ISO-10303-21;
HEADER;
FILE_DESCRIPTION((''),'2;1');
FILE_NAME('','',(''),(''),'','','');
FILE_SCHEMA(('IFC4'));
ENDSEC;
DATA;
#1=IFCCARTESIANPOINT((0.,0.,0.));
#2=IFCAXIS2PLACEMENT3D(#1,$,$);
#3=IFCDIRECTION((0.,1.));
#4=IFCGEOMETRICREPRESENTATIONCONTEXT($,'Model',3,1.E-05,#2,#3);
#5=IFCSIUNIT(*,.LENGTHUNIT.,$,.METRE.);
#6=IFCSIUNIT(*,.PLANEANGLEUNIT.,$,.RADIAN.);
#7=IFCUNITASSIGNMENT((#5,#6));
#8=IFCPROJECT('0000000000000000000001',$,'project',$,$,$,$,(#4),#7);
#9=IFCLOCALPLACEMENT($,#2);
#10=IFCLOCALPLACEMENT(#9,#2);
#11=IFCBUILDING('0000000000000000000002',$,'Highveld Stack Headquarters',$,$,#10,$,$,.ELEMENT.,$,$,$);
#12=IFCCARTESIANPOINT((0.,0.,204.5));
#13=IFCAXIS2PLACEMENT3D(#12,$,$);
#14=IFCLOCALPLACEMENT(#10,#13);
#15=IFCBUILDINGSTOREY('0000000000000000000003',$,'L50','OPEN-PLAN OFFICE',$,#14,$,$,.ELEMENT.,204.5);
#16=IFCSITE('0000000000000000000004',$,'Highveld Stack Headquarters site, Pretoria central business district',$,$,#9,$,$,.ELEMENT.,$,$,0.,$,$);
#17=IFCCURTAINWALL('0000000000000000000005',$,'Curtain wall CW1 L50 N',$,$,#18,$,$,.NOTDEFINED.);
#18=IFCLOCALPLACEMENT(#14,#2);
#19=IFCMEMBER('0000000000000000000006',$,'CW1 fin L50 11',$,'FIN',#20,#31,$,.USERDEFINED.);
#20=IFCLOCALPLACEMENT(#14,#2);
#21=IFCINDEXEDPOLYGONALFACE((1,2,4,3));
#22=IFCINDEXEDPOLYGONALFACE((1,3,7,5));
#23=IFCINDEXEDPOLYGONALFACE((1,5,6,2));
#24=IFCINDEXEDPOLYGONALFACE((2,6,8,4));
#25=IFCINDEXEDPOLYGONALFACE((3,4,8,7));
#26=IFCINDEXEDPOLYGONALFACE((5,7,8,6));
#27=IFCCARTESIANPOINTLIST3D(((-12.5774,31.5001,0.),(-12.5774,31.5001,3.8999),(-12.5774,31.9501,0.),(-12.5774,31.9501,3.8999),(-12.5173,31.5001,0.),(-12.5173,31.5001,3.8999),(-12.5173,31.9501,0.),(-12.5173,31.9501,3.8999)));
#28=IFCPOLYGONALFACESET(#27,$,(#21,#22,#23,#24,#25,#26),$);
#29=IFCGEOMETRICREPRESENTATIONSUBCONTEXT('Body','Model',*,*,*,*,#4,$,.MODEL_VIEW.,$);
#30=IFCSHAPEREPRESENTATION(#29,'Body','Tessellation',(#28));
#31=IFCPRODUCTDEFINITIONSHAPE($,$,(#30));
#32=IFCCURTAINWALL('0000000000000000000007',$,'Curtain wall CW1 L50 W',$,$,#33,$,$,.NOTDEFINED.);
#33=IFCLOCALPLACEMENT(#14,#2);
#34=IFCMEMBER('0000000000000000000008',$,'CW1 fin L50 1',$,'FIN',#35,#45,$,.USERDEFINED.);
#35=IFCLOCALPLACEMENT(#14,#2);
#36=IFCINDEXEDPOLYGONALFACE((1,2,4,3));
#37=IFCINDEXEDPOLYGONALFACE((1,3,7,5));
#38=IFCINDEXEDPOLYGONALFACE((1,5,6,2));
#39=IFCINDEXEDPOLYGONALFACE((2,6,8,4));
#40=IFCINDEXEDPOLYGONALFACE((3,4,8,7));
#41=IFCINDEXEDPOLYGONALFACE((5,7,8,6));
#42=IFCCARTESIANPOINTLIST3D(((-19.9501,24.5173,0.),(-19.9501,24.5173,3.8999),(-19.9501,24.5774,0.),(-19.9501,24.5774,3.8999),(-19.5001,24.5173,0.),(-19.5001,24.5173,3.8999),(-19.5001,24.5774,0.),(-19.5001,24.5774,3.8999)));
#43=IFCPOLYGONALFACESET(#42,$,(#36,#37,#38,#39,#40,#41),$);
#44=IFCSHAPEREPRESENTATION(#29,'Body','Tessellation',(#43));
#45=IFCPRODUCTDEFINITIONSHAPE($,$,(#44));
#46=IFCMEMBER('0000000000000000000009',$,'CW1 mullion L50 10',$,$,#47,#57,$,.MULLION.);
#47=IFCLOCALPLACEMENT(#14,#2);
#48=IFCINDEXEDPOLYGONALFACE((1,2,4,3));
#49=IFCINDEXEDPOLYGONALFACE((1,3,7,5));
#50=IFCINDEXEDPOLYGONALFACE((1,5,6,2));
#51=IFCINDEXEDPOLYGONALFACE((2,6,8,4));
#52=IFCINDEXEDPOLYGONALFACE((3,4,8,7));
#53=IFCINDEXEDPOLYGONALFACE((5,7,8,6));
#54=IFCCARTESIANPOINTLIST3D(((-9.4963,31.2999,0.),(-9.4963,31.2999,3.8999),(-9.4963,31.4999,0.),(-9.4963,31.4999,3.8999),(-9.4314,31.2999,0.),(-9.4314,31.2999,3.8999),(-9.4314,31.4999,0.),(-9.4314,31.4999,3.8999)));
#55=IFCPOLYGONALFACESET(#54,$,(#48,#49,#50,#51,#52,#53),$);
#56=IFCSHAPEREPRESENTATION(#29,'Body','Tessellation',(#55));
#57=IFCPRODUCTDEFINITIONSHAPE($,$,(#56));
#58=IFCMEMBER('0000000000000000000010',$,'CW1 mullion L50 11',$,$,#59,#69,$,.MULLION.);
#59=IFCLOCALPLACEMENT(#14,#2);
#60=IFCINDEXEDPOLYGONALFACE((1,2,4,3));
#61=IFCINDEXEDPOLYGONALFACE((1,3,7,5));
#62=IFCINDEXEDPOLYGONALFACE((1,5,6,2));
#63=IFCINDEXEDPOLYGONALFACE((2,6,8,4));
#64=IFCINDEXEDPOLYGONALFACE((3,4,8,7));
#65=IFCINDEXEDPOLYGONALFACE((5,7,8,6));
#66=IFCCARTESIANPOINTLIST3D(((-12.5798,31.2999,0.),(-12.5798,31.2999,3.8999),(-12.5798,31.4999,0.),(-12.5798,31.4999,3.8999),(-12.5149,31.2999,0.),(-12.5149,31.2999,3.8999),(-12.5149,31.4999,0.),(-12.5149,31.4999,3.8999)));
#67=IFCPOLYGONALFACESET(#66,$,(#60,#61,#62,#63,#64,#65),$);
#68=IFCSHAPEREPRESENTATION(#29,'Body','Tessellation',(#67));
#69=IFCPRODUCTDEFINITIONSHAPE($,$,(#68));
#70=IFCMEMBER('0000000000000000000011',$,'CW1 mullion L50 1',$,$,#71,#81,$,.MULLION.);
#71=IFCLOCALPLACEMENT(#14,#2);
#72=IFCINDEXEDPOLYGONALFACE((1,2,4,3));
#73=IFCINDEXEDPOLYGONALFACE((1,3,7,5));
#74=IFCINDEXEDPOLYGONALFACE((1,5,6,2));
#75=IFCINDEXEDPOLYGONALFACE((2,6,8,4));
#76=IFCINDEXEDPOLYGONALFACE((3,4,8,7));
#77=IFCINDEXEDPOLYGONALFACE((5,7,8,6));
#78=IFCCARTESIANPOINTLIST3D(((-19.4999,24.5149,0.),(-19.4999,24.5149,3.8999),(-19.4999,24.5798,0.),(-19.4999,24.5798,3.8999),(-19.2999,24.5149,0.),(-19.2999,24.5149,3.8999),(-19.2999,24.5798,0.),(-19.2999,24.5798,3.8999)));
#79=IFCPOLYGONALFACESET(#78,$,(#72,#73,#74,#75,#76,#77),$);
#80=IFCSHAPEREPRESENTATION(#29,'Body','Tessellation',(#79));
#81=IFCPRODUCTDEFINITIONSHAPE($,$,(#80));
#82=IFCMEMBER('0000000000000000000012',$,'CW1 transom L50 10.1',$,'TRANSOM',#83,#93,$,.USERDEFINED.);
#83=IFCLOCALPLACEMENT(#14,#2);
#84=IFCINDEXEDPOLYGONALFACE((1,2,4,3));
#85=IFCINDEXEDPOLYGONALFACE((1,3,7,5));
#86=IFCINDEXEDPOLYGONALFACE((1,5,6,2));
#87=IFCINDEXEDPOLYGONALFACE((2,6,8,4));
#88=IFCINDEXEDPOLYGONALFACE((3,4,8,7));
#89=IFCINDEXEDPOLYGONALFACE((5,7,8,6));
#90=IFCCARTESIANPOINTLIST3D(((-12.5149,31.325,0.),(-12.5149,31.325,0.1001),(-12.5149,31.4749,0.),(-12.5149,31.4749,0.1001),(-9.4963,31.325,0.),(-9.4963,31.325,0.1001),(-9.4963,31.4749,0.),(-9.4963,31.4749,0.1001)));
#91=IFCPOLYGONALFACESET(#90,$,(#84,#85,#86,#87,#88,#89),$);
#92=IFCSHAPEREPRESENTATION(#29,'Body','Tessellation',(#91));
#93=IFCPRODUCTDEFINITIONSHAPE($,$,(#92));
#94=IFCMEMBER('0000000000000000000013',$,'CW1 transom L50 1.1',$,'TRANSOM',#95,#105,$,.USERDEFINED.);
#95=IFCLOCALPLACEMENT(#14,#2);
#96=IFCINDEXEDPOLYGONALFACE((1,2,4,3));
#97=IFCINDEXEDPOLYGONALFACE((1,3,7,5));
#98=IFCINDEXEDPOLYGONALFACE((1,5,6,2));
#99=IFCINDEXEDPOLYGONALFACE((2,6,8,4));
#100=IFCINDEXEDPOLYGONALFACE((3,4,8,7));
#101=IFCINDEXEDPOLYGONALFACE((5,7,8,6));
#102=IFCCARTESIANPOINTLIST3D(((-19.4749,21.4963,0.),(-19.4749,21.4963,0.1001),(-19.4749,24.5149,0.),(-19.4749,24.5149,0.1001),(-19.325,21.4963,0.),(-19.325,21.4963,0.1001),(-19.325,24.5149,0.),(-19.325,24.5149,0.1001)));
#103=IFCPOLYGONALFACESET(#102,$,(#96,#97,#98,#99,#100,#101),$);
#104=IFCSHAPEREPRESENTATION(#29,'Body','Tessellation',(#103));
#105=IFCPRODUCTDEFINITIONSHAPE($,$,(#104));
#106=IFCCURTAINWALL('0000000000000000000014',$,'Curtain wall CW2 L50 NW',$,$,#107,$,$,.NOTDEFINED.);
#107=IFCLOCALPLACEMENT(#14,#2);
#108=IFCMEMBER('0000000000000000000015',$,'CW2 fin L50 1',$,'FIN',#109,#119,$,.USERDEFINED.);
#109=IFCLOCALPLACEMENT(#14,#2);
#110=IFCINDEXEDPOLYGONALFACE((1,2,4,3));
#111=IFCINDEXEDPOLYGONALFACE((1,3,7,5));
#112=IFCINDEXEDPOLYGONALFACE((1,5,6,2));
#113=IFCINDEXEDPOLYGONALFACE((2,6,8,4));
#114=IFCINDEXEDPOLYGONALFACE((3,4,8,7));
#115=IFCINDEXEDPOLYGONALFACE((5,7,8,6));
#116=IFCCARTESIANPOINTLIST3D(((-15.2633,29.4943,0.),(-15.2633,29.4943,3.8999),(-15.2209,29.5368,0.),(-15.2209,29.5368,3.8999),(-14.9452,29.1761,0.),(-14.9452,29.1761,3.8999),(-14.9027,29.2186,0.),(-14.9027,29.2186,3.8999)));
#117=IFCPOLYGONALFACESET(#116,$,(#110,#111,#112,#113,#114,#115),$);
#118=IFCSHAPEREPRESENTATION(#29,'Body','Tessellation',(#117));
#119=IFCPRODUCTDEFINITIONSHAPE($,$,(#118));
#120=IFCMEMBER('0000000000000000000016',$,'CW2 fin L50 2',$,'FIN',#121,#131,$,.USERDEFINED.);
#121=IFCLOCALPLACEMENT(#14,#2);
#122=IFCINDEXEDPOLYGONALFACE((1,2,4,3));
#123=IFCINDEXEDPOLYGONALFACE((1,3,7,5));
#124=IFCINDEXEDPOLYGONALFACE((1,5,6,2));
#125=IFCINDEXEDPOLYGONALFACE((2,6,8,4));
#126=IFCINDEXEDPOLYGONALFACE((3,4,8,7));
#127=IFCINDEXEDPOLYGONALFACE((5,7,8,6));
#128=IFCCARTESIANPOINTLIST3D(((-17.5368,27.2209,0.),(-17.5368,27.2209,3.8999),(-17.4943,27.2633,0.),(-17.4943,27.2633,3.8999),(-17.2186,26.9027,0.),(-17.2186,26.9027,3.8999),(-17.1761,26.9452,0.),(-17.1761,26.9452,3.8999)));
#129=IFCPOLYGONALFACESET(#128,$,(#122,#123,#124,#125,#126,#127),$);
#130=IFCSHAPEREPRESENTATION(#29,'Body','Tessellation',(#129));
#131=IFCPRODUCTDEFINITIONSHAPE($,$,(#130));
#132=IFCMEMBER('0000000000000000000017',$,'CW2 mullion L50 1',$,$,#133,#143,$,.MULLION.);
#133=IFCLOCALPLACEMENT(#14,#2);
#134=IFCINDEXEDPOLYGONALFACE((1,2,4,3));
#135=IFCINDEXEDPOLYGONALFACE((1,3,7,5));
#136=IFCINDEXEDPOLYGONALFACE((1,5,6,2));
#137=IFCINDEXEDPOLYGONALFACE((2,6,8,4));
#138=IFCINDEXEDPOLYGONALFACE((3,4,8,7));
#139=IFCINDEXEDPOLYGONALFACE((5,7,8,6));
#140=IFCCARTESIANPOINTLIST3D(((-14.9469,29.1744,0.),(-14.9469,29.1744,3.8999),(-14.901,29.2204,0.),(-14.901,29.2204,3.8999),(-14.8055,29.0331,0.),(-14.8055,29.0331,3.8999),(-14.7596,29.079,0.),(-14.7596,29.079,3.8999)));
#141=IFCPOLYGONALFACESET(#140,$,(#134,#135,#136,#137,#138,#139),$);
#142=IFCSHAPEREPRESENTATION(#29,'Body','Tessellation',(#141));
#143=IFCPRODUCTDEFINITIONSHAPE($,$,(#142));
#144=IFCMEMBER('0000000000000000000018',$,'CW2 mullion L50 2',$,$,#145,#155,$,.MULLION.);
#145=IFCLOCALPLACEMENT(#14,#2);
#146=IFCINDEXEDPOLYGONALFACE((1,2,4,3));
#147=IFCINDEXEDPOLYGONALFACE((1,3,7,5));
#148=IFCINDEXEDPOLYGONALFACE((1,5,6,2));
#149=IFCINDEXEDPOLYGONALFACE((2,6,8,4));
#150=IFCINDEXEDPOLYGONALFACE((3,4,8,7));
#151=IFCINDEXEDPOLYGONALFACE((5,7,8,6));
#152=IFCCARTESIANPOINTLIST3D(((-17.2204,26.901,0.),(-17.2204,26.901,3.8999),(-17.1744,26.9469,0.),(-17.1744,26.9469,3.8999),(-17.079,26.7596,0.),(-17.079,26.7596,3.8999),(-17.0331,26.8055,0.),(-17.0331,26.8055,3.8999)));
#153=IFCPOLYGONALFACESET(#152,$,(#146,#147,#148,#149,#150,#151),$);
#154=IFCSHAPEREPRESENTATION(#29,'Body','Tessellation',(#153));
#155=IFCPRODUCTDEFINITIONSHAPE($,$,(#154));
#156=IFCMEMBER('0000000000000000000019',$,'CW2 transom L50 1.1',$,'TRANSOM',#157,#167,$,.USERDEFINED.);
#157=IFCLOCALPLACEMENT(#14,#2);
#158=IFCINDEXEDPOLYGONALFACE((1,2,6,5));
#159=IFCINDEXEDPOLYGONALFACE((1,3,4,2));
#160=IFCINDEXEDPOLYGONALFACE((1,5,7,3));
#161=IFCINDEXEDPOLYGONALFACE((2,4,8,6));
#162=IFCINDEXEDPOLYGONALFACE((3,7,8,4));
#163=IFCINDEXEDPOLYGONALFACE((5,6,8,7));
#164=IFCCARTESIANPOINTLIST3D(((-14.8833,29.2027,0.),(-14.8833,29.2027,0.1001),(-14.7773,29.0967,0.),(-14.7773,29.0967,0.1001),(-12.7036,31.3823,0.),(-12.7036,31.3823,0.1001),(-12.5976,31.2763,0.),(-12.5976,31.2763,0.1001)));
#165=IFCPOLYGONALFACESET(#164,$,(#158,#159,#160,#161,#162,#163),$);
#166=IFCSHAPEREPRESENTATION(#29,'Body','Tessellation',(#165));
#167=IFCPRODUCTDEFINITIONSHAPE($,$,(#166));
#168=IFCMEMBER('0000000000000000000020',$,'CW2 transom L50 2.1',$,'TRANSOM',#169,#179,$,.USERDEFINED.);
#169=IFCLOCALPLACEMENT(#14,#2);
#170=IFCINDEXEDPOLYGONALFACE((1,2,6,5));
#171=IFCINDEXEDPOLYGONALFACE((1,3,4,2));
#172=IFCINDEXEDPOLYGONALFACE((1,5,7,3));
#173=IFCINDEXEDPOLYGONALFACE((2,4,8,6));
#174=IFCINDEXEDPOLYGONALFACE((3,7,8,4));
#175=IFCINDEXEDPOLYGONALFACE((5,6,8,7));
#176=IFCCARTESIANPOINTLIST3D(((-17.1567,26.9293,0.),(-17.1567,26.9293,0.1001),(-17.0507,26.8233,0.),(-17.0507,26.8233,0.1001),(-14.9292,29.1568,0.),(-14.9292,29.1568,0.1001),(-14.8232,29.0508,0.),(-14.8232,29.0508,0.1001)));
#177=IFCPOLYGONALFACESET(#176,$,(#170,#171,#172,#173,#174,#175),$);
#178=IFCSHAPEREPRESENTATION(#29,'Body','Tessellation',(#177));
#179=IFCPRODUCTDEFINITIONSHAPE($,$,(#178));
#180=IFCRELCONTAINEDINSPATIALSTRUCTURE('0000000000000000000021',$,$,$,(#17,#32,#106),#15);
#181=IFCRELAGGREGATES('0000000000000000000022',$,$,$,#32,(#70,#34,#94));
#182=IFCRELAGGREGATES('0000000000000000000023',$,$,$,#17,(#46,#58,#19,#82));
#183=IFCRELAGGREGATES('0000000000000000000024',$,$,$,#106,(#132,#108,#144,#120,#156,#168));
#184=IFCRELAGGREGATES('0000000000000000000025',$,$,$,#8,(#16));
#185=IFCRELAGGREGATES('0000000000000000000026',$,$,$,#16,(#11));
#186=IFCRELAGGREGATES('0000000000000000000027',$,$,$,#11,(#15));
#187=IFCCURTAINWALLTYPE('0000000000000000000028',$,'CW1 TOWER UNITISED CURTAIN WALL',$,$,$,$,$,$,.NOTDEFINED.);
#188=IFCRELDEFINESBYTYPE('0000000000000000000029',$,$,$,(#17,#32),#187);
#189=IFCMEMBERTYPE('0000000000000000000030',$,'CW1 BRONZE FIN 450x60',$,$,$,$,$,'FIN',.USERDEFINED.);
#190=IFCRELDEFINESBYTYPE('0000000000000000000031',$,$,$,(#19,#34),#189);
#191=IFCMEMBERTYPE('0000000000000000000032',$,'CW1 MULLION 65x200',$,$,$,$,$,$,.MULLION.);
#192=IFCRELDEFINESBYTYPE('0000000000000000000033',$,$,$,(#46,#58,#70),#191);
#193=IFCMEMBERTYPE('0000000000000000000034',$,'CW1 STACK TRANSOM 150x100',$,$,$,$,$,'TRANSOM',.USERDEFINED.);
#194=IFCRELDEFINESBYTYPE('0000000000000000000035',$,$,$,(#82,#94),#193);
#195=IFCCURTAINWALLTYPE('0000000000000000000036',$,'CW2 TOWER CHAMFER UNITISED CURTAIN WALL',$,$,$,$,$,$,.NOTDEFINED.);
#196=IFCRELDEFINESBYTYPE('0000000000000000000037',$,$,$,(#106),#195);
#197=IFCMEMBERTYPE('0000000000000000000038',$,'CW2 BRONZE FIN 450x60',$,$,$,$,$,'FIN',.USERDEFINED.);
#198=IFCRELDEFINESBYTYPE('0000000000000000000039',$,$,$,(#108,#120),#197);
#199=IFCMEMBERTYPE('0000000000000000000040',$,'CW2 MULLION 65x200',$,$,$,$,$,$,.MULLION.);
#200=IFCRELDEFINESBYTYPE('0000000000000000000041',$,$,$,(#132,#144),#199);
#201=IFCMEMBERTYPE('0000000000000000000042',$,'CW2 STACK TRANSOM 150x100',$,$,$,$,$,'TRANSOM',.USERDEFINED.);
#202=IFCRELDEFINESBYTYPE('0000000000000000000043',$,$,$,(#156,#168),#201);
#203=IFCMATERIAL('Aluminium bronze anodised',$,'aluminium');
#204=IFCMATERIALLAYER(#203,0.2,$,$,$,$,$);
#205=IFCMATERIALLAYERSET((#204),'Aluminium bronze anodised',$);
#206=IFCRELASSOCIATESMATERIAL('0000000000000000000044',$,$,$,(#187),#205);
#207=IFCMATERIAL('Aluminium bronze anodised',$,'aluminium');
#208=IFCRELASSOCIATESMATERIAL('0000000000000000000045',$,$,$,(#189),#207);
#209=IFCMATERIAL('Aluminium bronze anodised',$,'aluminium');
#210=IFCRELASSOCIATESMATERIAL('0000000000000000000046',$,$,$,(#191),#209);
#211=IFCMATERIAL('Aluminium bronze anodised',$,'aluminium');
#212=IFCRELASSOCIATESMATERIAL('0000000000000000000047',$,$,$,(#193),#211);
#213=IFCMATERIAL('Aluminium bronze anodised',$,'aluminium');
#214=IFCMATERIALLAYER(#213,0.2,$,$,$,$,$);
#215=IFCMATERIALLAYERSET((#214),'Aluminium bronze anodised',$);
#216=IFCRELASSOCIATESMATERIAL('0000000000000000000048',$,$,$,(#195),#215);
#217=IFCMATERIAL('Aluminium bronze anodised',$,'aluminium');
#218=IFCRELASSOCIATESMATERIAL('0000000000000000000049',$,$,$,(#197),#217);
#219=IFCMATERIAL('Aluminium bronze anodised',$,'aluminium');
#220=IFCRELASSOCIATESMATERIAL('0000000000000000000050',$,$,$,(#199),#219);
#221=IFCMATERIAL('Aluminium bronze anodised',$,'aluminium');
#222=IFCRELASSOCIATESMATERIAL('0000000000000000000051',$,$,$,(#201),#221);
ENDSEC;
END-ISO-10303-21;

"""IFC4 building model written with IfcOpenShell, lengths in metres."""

from ifc_helpers import new_model, si_unit, direction, frame, origin, origin_2d, place, context, subcontext, project, spatial, rectangle, extrude, material, layer, layer_set, material_profile, profile_set, type_object, element, aggregate, save


model = new_model("IFC4")

# Units and contexts
model_context = context("Model", 3, precision=1e-05, world=origin(), true_north=direction((0.0, 1.0)))
body_context = subcontext(model_context, "Body", "Model", "MODEL_VIEW")
ifc_project = project(units=[si_unit("LENGTHUNIT", "METRE"), si_unit("PLANEANGLEUNIT", "RADIAN")], contexts=[model_context])

# Site, building, storey
site_placement = place(None, origin())
site = spatial("IfcSite", under=ifc_project, at=site_placement, Name="Highveld Stack Headquarters site, Pretoria central business district", CompositionType="ELEMENT", RefElevation=0.0)
building_placement = place(site_placement, origin())
building = spatial("IfcBuilding", under=site, at=building_placement, Name="Highveld Stack Headquarters", CompositionType="ELEMENT")
storey_placement = place(building_placement, frame((0.0, 0.0, 204.5)))
storey = spatial("IfcBuildingStorey", under=building, at=storey_placement, Name="L50", Description="OPEN-PLAN OFFICE", CompositionType="ELEMENT", Elevation=204.5)

# Curtain walls, members
ifc_material_1 = material(Name="Aluminium bronze anodised", Category="aluminium")
ifc_layer_1 = layer(ifc_material_1, 0.2)
ifc_layer_set_1 = layer_set([ifc_layer_1], Name="Aluminium bronze anodised")
curtain_wall_type_1 = type_object("IfcCurtainWallType", Name="CW1 TOWER UNITISED CURTAIN WALL", PredefinedType="NOTDEFINED", material=ifc_layer_set_1)
curtain_wall_1_placement = place(storey_placement, origin())
curtain_wall_1 = element("IfcCurtainWall", 1, at=curtain_wall_1_placement, inside=storey, type_object=curtain_wall_type_1, Name="Curtain wall CW1 L50 N", PredefinedType="NOTDEFINED")
ifc_material_2 = material(Name="Aluminium bronze anodised", Category="aluminium")
ifc_material_profile_1 = material_profile(ifc_material_2, rectangle(XDim=0.45, YDim=0.0601, at=origin_2d()), Name="FIN 450x60")
ifc_profile_set_1 = profile_set([ifc_material_profile_1], Name="Aluminium bronze anodised")
member_type_1 = type_object("IfcMemberType", Name="CW1 BRONZE FIN 450x60", ElementType="FIN", PredefinedType="USERDEFINED", material=ifc_profile_set_1)
member_1_placement = place(storey_placement, frame((-12.5474, 31.7251, 0.0), z_axis=(0.0, 0.0, 1.0), x_axis=(0.0, -1.0, 0.0)))
member_1 = element("IfcMember", 2, at=member_1_placement, type_object=member_type_1, Name="CW1 fin L50 11", ObjectType="FIN", PredefinedType="USERDEFINED", context=body_context, shape_type="SweptSolid", body=[
    extrude(rectangle(XDim=0.45, YDim=0.0601, at=origin_2d()), origin(), (0.0, 0.0, 1.0), 3.8999),
])
curtain_wall_2_placement = place(storey_placement, origin())
curtain_wall_2 = element("IfcCurtainWall", 3, at=curtain_wall_2_placement, inside=storey, type_object=curtain_wall_type_1, Name="Curtain wall CW1 L50 W", PredefinedType="NOTDEFINED")
member_2_placement = place(storey_placement, frame((-19.7251, 24.5474, 0.0), z_axis=(0.0, 0.0, 1.0), x_axis=(1.0, 0.0, 0.0)))
member_2 = element("IfcMember", 4, at=member_2_placement, type_object=member_type_1, Name="CW1 fin L50 1", ObjectType="FIN", PredefinedType="USERDEFINED", context=body_context, shape_type="SweptSolid", body=[
    extrude(rectangle(XDim=0.45, YDim=0.0601, at=origin_2d()), origin(), (0.0, 0.0, 1.0), 3.8999),
])

# Members
ifc_material_3 = material(Name="Aluminium bronze anodised", Category="aluminium")
ifc_material_profile_2 = material_profile(ifc_material_3, rectangle(XDim=0.2, YDim=0.0649, at=origin_2d()), Name="CW1 MULLION 65x200")
ifc_profile_set_2 = profile_set([ifc_material_profile_2], Name="Aluminium bronze anodised")
member_type_2 = type_object("IfcMemberType", Name="CW1 MULLION 65x200", PredefinedType="MULLION", material=ifc_profile_set_2)
member_3_placement = place(storey_placement, frame((-9.4639, 31.3999, 0.0), z_axis=(0.0, 0.0, 1.0), x_axis=(0.0, -1.0, 0.0)))
member_3 = element("IfcMember", 5, at=member_3_placement, type_object=member_type_2, Name="CW1 mullion L50 10", PredefinedType="MULLION", context=body_context, shape_type="SweptSolid", body=[
    extrude(rectangle(XDim=0.2, YDim=0.0649, at=origin_2d()), origin(), (0.0, 0.0, 1.0), 3.8999),
])
member_4_placement = place(storey_placement, frame((-12.5474, 31.3999, 0.0), z_axis=(0.0, 0.0, 1.0), x_axis=(0.0, -1.0, 0.0)))
member_4 = element("IfcMember", 6, at=member_4_placement, type_object=member_type_2, Name="CW1 mullion L50 11", PredefinedType="MULLION", context=body_context, shape_type="SweptSolid", body=[
    extrude(rectangle(XDim=0.2, YDim=0.0649, at=origin_2d()), origin(), (0.0, 0.0, 1.0), 3.8999),
])
member_5_placement = place(storey_placement, frame((-19.3999, 24.5474, 0.0), z_axis=(0.0, 0.0, 1.0), x_axis=(1.0, 0.0, 0.0)))
member_5 = element("IfcMember", 7, at=member_5_placement, type_object=member_type_2, Name="CW1 mullion L50 1", PredefinedType="MULLION", context=body_context, shape_type="SweptSolid", body=[
    extrude(rectangle(XDim=0.2, YDim=0.0649, at=origin_2d()), origin(), (0.0, 0.0, 1.0), 3.8999),
])
ifc_material_4 = material(Name="Aluminium bronze anodised", Category="aluminium")
ifc_material_profile_3 = material_profile(ifc_material_4, rectangle(XDim=0.1499, YDim=0.1001, at=origin_2d()), Name="CW1 TRANSOM 150x100")
ifc_profile_set_3 = profile_set([ifc_material_profile_3], Name="Aluminium bronze anodised")
member_type_3 = type_object("IfcMemberType", Name="CW1 STACK TRANSOM 150x100", ElementType="TRANSOM", PredefinedType="USERDEFINED", material=ifc_profile_set_3)
member_6_placement = place(storey_placement, frame((-9.4963, 31.3999, 0.05), z_axis=(-1.0, 0.0, 0.0), x_axis=(0.0, -1.0, 0.0)))
member_6 = element("IfcMember", 8, at=member_6_placement, type_object=member_type_3, Name="CW1 transom L50 10.1", ObjectType="TRANSOM", PredefinedType="USERDEFINED", context=body_context, shape_type="SweptSolid", body=[
    extrude(rectangle(XDim=0.1499, YDim=0.1001, at=origin_2d()), origin(), (0.0, 0.0, 1.0), 3.0186),
])
member_7_placement = place(storey_placement, frame((-19.3999, 24.5149, 0.05), z_axis=(0.0, -1.0, 0.0), x_axis=(1.0, 0.0, 0.0)))
member_7 = element("IfcMember", 9, at=member_7_placement, type_object=member_type_3, Name="CW1 transom L50 1.1", ObjectType="TRANSOM", PredefinedType="USERDEFINED", context=body_context, shape_type="SweptSolid", body=[
    extrude(rectangle(XDim=0.1499, YDim=0.1001, at=origin_2d()), origin(), (0.0, 0.0, 1.0), 3.0186),
])
aggregate(curtain_wall_2, [member_5, member_2, member_7])

# Curtain wall, members
ifc_material_5 = material(Name="Aluminium bronze anodised", Category="aluminium")
ifc_layer_2 = layer(ifc_material_5, 0.2)
ifc_layer_set_2 = layer_set([ifc_layer_2], Name="Aluminium bronze anodised")
curtain_wall_type_2 = type_object("IfcCurtainWallType", Name="CW2 TOWER CHAMFER UNITISED CURTAIN WALL", PredefinedType="NOTDEFINED", material=ifc_layer_set_2)
curtain_wall_3_placement = place(storey_placement, origin())
curtain_wall_3 = element("IfcCurtainWall", 10, at=curtain_wall_3_placement, inside=storey, type_object=curtain_wall_type_2, Name="Curtain wall CW2 L50 NW", PredefinedType="NOTDEFINED")
ifc_material_6 = material(Name="Aluminium bronze anodised", Category="aluminium")
ifc_material_profile_4 = material_profile(ifc_material_6, rectangle(XDim=0.45, YDim=0.0601, at=origin_2d()), Name="FIN 450x60")
ifc_profile_set_4 = profile_set([ifc_material_profile_4], Name="Aluminium bronze anodised")
member_type_4 = type_object("IfcMemberType", Name="CW2 BRONZE FIN 450x60", ElementType="FIN", PredefinedType="USERDEFINED", material=ifc_profile_set_4)
member_8_placement = place(storey_placement, frame((-15.083, 29.3564, 0.0), z_axis=(0.0, 0.0, 1.0), x_axis=(0.707107, -0.707107, 0.0)))
member_8 = element("IfcMember", 11, at=member_8_placement, type_object=member_type_4, Name="CW2 fin L50 1", ObjectType="FIN", PredefinedType="USERDEFINED", context=body_context, shape_type="SweptSolid", body=[
    extrude(rectangle(XDim=0.45, YDim=0.0601, at=origin_2d()), origin(), (0.0, 0.0, 1.0), 3.8999),
])
member_9_placement = place(storey_placement, frame((-17.3564, 27.083, 0.0), z_axis=(0.0, 0.0, 1.0), x_axis=(0.707107, -0.707107, 0.0)))
member_9 = element("IfcMember", 12, at=member_9_placement, type_object=member_type_4, Name="CW2 fin L50 2", ObjectType="FIN", PredefinedType="USERDEFINED", context=body_context, shape_type="SweptSolid", body=[
    extrude(rectangle(XDim=0.45, YDim=0.0601, at=origin_2d()), origin(), (0.0, 0.0, 1.0), 3.8999),
])
ifc_material_7 = material(Name="Aluminium bronze anodised", Category="aluminium")
ifc_material_profile_5 = material_profile(ifc_material_7, rectangle(XDim=0.2, YDim=0.0649, at=origin_2d()), Name="CW2 MULLION 65x200")
ifc_profile_set_5 = profile_set([ifc_material_profile_5], Name="Aluminium bronze anodised")
member_type_5 = type_object("IfcMemberType", Name="CW2 MULLION 65x200", PredefinedType="MULLION", material=ifc_profile_set_5)
member_10_placement = place(storey_placement, frame((-14.8533, 29.1267, 0.0), z_axis=(0.0, 0.0, 1.0), x_axis=(0.707107, -0.707107, 0.0)))
member_10 = element("IfcMember", 13, at=member_10_placement, type_object=member_type_5, Name="CW2 mullion L50 1", PredefinedType="MULLION", context=body_context, shape_type="SweptSolid", body=[
    extrude(rectangle(XDim=0.2, YDim=0.0649, at=origin_2d()), origin(), (0.0, 0.0, 1.0), 3.8999),
])
member_11_placement = place(storey_placement, frame((-17.1267, 26.8533, 0.0), z_axis=(0.0, 0.0, 1.0), x_axis=(0.707107, -0.707107, 0.0)))
member_11 = element("IfcMember", 14, at=member_11_placement, type_object=member_type_5, Name="CW2 mullion L50 2", PredefinedType="MULLION", context=body_context, shape_type="SweptSolid", body=[
    extrude(rectangle(XDim=0.2, YDim=0.0649, at=origin_2d()), origin(), (0.0, 0.0, 1.0), 3.8999),
])
ifc_material_8 = material(Name="Aluminium bronze anodised", Category="aluminium")
ifc_material_profile_6 = material_profile(ifc_material_8, rectangle(XDim=0.1499, YDim=0.1001, at=origin_2d()), Name="CW2 TRANSOM 150x100")
ifc_profile_set_6 = profile_set([ifc_material_profile_6], Name="Aluminium bronze anodised")
member_type_6 = type_object("IfcMemberType", Name="CW2 STACK TRANSOM 150x100", ElementType="TRANSOM", PredefinedType="USERDEFINED", material=ifc_profile_set_6)
member_12_placement = place(storey_placement, frame((-12.6506, 31.3293, 0.05), z_axis=(-0.707107, -0.707107, 0.0), x_axis=(0.707107, -0.707107, 0.0)))
member_12 = element("IfcMember", 15, at=member_12_placement, type_object=member_type_6, Name="CW2 transom L50 1.1", ObjectType="TRANSOM", PredefinedType="USERDEFINED", context=body_context, shape_type="SweptSolid", body=[
    extrude(rectangle(XDim=0.1499, YDim=0.1001, at=origin_2d()), origin(), (0.0, 0.0, 1.0), 3.0825),
])
member_13_placement = place(storey_placement, frame((-14.8762, 29.1038, 0.05), z_axis=(-0.707107, -0.707107, 0.0), x_axis=(0.707107, -0.707107, 0.0)))
member_13 = element("IfcMember", 16, at=member_13_placement, type_object=member_type_6, Name="CW2 transom L50 2.1", ObjectType="TRANSOM", PredefinedType="USERDEFINED", context=body_context, shape_type="SweptSolid", body=[
    extrude(rectangle(XDim=0.1499, YDim=0.1001, at=origin_2d()), origin(), (0.0, 0.0, 1.0), 3.1501),
])

aggregate(curtain_wall_1, [member_3, member_4, member_1, member_6])
aggregate(curtain_wall_3, [member_10, member_8, member_11, member_9, member_12, member_13])

save(model, "model.ifc")
